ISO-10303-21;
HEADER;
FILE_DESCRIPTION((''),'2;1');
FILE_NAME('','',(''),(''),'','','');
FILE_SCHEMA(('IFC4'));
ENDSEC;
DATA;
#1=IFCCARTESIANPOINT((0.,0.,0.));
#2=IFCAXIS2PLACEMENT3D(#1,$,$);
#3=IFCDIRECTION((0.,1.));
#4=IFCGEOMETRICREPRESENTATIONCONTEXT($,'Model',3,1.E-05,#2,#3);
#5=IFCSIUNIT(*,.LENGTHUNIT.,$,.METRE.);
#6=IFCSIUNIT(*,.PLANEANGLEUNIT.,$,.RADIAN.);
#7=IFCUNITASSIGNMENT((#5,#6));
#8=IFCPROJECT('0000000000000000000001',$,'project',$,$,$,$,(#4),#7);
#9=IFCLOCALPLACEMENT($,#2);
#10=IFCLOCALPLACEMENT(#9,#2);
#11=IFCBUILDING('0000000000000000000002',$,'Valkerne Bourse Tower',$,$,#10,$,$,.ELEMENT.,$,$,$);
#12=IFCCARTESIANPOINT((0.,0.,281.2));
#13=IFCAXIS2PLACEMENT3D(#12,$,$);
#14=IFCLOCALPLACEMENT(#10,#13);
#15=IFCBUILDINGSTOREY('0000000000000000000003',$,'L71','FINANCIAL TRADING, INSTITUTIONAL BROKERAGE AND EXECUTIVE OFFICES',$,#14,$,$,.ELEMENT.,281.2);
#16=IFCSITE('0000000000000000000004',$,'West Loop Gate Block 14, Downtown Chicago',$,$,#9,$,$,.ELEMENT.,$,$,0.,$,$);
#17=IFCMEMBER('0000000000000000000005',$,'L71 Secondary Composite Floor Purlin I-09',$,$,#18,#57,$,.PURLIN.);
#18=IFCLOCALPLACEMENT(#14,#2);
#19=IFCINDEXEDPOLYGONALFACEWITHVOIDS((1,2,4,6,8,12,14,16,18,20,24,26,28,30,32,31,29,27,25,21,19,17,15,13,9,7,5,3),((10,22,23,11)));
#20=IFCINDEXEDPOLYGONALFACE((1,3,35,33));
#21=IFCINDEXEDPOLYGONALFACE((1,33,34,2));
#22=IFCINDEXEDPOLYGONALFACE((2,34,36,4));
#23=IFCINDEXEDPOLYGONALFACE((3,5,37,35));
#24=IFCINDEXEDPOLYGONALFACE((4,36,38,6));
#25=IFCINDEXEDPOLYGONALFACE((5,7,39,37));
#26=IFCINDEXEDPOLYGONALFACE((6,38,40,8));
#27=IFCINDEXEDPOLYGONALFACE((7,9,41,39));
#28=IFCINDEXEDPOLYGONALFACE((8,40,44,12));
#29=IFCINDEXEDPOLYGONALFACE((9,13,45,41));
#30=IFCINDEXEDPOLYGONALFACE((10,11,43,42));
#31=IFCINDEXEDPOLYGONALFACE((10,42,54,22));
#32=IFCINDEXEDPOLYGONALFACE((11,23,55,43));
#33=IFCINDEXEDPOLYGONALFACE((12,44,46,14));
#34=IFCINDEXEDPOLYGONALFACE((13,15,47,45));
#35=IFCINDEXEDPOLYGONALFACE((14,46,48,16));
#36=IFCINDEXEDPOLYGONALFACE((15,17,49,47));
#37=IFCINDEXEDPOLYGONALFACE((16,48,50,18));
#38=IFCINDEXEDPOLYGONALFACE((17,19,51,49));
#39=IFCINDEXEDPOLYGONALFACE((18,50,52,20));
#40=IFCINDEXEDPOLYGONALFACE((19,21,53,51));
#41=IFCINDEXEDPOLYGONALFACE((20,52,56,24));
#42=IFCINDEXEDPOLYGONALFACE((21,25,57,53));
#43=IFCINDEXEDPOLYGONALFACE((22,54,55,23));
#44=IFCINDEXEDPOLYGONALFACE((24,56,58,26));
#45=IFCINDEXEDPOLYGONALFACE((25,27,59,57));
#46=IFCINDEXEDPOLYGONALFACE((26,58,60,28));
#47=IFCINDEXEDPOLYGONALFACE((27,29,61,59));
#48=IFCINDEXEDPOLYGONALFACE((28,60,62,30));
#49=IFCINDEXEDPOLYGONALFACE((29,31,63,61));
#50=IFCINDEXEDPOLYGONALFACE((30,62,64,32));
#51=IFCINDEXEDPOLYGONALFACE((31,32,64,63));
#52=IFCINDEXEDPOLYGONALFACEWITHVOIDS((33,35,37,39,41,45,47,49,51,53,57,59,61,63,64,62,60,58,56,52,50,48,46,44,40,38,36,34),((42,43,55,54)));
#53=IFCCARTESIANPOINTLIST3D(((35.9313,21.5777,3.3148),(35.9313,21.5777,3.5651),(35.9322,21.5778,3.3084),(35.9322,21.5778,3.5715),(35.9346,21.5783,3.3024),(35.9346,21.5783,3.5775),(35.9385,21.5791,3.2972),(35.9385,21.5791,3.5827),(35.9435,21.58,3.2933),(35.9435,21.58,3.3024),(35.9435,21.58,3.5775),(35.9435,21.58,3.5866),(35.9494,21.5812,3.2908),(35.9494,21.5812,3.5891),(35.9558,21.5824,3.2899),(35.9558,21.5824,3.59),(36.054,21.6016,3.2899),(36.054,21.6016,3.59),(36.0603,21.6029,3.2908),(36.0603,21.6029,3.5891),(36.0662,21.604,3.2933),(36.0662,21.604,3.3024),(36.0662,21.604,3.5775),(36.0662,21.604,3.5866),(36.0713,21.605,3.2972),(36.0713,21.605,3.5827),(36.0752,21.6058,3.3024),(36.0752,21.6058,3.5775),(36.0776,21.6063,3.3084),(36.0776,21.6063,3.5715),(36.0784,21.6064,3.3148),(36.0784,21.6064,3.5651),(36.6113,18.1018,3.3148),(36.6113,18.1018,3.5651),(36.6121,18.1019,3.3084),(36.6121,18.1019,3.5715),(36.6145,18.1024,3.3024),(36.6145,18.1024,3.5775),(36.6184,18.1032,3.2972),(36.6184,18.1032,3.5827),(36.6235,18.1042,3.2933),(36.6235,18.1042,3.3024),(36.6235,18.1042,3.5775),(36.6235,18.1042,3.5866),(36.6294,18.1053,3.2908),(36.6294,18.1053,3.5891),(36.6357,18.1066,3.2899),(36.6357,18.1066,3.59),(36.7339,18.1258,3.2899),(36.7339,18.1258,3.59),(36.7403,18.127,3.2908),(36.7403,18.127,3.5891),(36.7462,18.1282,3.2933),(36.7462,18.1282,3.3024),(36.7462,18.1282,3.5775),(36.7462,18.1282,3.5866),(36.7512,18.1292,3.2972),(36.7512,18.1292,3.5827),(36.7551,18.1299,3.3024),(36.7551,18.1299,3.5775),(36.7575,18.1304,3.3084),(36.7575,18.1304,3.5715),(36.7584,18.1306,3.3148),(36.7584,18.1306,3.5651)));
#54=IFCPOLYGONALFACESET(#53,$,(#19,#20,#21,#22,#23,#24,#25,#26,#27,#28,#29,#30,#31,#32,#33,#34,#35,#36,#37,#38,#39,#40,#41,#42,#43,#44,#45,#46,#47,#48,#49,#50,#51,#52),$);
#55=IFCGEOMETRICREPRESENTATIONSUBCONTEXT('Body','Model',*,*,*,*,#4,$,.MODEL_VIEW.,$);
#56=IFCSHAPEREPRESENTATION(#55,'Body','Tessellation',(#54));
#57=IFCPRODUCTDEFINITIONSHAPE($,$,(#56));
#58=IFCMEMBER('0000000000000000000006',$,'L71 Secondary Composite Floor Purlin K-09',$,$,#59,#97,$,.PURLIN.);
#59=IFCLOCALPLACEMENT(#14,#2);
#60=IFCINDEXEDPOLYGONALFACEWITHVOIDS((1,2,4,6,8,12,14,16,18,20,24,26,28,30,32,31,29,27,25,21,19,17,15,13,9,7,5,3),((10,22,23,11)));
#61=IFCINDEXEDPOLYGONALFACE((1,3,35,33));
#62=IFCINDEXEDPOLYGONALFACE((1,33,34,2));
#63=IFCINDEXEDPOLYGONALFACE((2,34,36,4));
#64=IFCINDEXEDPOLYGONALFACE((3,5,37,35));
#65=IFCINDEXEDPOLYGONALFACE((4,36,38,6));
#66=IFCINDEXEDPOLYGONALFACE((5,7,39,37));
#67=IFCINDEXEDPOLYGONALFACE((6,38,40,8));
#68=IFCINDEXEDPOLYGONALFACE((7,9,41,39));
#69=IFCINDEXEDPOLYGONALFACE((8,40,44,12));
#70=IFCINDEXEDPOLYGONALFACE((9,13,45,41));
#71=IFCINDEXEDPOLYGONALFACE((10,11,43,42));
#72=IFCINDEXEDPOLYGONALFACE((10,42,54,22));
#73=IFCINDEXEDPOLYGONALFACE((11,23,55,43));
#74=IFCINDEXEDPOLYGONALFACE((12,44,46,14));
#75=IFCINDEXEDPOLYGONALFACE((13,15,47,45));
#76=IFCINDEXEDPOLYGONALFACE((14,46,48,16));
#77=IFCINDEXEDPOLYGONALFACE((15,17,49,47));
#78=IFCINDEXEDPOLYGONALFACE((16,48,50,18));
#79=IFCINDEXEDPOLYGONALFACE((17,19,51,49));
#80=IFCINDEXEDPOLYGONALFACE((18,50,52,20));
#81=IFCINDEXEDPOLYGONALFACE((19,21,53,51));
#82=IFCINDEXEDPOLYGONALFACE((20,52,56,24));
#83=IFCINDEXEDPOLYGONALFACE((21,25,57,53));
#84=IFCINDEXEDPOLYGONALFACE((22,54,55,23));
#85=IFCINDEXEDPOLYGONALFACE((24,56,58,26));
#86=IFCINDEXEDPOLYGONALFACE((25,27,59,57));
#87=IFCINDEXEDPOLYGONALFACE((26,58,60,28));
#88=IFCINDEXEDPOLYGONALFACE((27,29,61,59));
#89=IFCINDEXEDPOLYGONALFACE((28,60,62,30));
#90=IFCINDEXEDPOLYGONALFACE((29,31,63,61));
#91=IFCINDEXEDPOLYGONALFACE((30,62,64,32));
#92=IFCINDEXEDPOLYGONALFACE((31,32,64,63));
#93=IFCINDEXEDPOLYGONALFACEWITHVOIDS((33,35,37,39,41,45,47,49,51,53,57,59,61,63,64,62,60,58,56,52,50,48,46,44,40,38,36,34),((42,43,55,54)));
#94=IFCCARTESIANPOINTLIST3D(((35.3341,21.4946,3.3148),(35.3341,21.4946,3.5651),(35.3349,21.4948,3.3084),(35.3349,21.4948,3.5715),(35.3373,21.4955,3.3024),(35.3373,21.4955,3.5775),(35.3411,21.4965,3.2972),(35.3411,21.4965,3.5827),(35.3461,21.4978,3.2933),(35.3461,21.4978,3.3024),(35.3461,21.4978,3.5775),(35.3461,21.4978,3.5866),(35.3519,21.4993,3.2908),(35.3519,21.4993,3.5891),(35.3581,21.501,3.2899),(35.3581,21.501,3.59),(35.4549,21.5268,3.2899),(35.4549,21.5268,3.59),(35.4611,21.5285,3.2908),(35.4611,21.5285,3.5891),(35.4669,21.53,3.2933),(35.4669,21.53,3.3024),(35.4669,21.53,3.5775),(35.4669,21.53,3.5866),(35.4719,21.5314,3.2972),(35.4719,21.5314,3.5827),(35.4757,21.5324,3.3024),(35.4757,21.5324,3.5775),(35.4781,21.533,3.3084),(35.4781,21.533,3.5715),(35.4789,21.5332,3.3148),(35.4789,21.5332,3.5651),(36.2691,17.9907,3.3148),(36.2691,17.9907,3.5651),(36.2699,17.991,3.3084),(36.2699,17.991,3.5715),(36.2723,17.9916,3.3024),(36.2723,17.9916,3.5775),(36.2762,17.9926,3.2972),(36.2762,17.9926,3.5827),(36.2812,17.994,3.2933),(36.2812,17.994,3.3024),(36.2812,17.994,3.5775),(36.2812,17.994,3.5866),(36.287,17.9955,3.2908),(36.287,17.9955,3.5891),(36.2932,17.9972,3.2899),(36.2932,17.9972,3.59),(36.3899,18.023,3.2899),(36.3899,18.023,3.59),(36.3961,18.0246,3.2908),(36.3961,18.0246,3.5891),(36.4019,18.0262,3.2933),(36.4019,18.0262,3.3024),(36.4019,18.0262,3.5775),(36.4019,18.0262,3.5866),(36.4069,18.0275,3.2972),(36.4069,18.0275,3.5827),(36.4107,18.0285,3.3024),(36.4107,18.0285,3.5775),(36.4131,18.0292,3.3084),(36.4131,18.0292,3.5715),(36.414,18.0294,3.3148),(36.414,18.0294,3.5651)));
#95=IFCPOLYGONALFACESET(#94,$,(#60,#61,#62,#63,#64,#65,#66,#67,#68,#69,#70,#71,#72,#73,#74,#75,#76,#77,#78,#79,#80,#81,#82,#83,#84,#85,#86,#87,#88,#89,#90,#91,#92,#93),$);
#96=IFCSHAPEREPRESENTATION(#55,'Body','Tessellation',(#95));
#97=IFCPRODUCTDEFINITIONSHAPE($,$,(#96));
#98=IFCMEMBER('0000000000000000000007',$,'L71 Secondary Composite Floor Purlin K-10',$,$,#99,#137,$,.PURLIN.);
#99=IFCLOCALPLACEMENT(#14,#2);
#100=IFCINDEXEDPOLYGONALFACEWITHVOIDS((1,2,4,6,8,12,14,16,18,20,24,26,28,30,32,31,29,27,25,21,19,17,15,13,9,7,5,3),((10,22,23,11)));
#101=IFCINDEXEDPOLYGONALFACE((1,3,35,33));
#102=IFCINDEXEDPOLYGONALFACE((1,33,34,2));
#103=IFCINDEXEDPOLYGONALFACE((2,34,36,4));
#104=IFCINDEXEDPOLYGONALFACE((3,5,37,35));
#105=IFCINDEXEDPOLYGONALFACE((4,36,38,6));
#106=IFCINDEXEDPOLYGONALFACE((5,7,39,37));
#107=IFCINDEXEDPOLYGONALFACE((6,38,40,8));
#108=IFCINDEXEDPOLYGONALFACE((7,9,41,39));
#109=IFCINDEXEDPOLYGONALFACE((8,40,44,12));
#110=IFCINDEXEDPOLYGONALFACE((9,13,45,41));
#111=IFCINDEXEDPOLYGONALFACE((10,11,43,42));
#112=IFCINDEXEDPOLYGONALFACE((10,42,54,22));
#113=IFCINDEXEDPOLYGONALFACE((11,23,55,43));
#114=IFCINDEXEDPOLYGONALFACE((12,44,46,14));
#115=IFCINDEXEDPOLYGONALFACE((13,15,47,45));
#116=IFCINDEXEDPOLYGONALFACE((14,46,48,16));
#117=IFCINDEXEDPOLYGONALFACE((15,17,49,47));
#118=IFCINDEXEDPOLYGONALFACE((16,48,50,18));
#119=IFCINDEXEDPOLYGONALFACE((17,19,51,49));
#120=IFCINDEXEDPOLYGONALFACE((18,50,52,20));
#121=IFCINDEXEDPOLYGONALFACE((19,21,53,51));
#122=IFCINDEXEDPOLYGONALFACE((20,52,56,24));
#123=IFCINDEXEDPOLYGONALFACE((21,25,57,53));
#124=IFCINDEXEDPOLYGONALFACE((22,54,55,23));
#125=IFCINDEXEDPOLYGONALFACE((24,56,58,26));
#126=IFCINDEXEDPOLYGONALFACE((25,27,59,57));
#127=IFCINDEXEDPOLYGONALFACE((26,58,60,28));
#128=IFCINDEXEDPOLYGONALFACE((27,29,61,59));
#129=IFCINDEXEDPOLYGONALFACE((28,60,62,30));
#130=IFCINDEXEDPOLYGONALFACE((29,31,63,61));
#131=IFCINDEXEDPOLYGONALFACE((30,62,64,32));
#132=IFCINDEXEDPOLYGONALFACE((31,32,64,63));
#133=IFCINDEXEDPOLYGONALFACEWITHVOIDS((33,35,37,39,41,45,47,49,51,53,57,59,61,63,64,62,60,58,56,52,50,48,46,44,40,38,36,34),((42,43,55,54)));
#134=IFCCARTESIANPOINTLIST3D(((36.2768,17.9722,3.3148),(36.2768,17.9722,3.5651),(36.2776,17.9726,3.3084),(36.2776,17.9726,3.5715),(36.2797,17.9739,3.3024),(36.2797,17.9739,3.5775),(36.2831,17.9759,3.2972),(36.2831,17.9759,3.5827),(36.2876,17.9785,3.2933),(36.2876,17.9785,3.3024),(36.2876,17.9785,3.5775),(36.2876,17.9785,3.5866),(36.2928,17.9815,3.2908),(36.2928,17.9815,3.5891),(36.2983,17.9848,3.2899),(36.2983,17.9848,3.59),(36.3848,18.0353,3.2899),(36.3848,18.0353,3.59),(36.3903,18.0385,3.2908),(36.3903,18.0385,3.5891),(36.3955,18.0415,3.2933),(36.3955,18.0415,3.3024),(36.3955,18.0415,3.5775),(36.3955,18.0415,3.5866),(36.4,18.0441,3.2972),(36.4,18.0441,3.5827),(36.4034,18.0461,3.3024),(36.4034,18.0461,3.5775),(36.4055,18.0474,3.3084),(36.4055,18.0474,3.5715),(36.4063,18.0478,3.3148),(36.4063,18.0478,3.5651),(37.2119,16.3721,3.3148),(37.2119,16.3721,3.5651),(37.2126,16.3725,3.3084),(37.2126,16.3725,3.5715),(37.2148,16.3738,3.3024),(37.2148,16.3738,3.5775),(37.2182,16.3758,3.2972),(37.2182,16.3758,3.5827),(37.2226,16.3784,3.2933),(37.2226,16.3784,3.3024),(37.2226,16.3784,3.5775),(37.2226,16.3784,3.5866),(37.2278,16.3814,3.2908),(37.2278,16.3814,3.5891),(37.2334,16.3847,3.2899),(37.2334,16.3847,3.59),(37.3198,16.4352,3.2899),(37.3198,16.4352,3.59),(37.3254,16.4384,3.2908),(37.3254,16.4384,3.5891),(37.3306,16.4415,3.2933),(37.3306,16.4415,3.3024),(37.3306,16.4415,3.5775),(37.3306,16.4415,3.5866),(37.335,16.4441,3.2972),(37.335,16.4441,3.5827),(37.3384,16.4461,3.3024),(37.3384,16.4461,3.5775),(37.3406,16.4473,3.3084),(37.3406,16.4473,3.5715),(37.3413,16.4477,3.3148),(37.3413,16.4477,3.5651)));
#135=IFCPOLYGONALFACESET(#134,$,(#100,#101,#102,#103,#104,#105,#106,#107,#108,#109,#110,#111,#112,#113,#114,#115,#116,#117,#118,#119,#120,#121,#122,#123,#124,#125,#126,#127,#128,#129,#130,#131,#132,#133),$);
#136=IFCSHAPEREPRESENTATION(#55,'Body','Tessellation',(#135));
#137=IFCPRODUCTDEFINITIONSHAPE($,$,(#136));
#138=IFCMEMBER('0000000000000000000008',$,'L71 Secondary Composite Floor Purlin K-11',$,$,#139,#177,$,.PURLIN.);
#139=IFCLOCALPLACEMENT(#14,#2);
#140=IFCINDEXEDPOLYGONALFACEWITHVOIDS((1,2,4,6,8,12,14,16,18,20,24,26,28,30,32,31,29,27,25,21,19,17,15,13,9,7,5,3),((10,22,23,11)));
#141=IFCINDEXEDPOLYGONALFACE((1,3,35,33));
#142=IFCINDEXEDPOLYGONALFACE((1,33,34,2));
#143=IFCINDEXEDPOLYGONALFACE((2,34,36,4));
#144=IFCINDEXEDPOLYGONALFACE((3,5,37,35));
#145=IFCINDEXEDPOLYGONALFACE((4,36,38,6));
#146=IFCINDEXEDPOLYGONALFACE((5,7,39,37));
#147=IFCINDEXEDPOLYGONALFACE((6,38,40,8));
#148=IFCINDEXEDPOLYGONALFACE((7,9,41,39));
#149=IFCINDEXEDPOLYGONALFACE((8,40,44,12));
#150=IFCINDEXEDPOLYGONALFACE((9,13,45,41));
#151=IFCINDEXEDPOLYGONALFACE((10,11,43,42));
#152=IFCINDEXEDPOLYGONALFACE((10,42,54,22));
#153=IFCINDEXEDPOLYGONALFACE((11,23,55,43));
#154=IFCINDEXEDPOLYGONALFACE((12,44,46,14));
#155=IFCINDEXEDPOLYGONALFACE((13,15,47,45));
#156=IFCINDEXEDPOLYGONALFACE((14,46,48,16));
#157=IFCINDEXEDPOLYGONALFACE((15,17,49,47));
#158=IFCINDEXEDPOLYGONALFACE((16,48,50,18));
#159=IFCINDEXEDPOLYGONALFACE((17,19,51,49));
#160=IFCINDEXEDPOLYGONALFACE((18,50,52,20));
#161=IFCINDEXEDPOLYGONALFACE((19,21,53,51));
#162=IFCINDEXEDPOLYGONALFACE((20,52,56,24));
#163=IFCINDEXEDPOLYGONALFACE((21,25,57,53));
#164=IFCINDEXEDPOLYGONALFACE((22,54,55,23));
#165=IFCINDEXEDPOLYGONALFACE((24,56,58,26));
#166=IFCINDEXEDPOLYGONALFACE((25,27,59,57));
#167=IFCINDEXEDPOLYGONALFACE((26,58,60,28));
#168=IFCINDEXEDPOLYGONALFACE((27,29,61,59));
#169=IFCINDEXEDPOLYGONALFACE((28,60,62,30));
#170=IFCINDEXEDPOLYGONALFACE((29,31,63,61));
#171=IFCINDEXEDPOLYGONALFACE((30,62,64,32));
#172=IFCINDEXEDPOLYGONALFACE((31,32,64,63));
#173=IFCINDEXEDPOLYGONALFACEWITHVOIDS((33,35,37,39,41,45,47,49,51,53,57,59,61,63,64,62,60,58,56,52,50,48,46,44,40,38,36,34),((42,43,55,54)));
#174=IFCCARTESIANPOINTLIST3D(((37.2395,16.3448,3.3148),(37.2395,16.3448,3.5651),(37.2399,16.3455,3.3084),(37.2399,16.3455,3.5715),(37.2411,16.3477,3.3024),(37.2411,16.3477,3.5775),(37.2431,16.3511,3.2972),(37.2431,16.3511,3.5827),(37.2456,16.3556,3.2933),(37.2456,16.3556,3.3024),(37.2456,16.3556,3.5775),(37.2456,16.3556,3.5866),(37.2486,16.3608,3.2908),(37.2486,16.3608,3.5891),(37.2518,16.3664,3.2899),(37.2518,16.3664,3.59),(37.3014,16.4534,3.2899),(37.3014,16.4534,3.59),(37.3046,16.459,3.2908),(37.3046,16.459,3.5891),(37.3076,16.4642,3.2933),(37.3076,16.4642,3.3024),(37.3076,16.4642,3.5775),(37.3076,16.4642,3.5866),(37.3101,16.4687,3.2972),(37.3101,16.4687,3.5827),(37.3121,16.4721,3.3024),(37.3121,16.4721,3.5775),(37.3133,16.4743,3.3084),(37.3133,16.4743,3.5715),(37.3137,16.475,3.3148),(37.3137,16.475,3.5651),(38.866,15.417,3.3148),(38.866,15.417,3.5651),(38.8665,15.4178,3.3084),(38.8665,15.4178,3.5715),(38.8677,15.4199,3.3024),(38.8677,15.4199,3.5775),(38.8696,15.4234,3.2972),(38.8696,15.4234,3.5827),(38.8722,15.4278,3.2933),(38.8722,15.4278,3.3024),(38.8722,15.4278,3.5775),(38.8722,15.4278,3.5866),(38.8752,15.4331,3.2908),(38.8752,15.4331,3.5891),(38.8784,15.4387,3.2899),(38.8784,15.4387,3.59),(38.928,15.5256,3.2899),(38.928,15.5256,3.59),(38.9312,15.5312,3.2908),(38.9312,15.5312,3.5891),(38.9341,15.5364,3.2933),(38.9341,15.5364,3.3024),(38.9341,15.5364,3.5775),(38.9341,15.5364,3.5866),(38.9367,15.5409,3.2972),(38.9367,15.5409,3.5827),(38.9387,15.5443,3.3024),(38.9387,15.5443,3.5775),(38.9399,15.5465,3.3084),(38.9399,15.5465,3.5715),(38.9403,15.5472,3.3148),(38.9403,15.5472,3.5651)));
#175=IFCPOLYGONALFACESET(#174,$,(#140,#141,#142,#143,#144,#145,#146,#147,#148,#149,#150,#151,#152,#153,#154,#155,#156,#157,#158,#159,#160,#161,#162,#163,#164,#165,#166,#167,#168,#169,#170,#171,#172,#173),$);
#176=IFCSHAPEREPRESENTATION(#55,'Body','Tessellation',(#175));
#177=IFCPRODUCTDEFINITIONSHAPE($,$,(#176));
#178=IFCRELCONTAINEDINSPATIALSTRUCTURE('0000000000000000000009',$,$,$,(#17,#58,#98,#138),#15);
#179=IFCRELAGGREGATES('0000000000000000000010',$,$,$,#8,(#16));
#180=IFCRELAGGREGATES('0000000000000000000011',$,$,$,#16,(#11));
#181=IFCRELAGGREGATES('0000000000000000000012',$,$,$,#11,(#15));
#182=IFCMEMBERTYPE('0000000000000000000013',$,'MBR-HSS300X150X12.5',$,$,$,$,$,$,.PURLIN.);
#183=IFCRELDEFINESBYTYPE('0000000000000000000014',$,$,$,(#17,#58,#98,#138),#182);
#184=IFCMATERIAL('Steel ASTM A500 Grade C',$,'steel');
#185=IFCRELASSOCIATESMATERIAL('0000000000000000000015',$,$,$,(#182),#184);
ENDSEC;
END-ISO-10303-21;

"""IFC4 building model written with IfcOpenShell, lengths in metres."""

from ifc_helpers import new_model, si_unit, direction, frame, origin, origin_2d, place, context, subcontext, project, spatial, hollow_rectangle, extrude, material, material_profile, profile_set, type_object, element, save


model = new_model("IFC4")

# Units and contexts
model_context = context("Model", 3, precision=1e-05, world=origin(), true_north=direction((0.0, 1.0)))
body_context = subcontext(model_context, "Body", "Model", "MODEL_VIEW")
ifc_project = project(units=[si_unit("LENGTHUNIT", "METRE"), si_unit("PLANEANGLEUNIT", "RADIAN")], contexts=[model_context])

# Site, building, storey
site_placement = place(None, origin())
site = spatial("IfcSite", under=ifc_project, at=site_placement, Name="West Loop Gate Block 14, Downtown Chicago", CompositionType="ELEMENT", RefElevation=0.0)
building_placement = place(site_placement, origin())
building = spatial("IfcBuilding", under=site, at=building_placement, Name="Valkerne Bourse Tower", CompositionType="ELEMENT")
storey_placement = place(building_placement, frame((0.0, 0.0, 281.2)))
storey = spatial("IfcBuildingStorey", under=building, at=storey_placement, Name="L71", Description="FINANCIAL TRADING, INSTITUTIONAL BROKERAGE AND EXECUTIVE OFFICES", CompositionType="ELEMENT", Elevation=281.2)

# Members
ifc_material_1 = material(Name="Steel ASTM A500 Grade C", Category="steel")
ifc_material_profile_1 = material_profile(ifc_material_1, hollow_rectangle(XDim=0.1499, YDim=0.3, WallThickness=0.0125, OuterFilletRadius=0.0249, at=origin_2d()), Name="HSS300X150X12.5")
ifc_profile_set_1 = profile_set([ifc_material_profile_1], Name="Steel ASTM A500 Grade C")
member_type_1 = type_object("IfcMemberType", Name="MBR-HSS300X150X12.5", PredefinedType="PURLIN", material=ifc_profile_set_1)
member_1_placement = place(storey_placement, frame((36.0049, 21.592, 3.4399), z_axis=(0.191978, -0.981399, 0.0), x_axis=(0.981399, 0.191978, 0.0)))
element("IfcMember", 1, at=member_1_placement, inside=storey, type_object=member_type_1, Name="L71 Secondary Composite Floor Purlin I-09", PredefinedType="PURLIN", context=body_context, shape_type="SweptSolid", body=[
    extrude(hollow_rectangle(XDim=0.1499, YDim=0.3, WallThickness=0.0125, OuterFilletRadius=0.0249, at=origin_2d()), origin(), (0.0, 0.0, 1.0), 3.5417),
])
member_2_placement = place(storey_placement, frame((35.4065, 21.5139, 3.4399), z_axis=(0.257839, -0.966188, 0.0), x_axis=(0.966188, 0.257839, 0.0)))
element("IfcMember", 2, at=member_2_placement, inside=storey, type_object=member_type_1, Name="L71 Secondary Composite Floor Purlin K-09", PredefinedType="PURLIN", context=body_context, shape_type="SweptSolid", body=[
    extrude(hollow_rectangle(XDim=0.1499, YDim=0.3, WallThickness=0.0125, OuterFilletRadius=0.0249, at=origin_2d()), origin(), (0.0, 0.0, 1.0), 3.6265),
])
member_3_placement = place(storey_placement, frame((36.3416, 18.01, 3.4399), z_axis=(0.504543, -0.863387, 0.0), x_axis=(0.863387, 0.504543, 0.0)))
element("IfcMember", 3, at=member_3_placement, inside=storey, type_object=member_type_1, Name="L71 Secondary Composite Floor Purlin K-10", PredefinedType="PURLIN", context=body_context, shape_type="SweptSolid", body=[
    extrude(hollow_rectangle(XDim=0.1499, YDim=0.3, WallThickness=0.0125, OuterFilletRadius=0.0249, at=origin_2d()), origin(), (0.0, 0.0, 1.0), 1.8533),
])
member_4_placement = place(storey_placement, frame((37.2766, 16.4099, 3.4399), z_axis=(0.868628, -0.495465, 0.0), x_axis=(0.495465, 0.868628, 0.0)))
element("IfcMember", 4, at=member_4_placement, inside=storey, type_object=member_type_1, Name="L71 Secondary Composite Floor Purlin K-11", PredefinedType="PURLIN", context=body_context, shape_type="SweptSolid", body=[
    extrude(hollow_rectangle(XDim=0.1499, YDim=0.3, WallThickness=0.0125, OuterFilletRadius=0.0249, at=origin_2d()), origin(), (0.0, 0.0, 1.0), 1.8726),
])

save(model, "model.ifc")
